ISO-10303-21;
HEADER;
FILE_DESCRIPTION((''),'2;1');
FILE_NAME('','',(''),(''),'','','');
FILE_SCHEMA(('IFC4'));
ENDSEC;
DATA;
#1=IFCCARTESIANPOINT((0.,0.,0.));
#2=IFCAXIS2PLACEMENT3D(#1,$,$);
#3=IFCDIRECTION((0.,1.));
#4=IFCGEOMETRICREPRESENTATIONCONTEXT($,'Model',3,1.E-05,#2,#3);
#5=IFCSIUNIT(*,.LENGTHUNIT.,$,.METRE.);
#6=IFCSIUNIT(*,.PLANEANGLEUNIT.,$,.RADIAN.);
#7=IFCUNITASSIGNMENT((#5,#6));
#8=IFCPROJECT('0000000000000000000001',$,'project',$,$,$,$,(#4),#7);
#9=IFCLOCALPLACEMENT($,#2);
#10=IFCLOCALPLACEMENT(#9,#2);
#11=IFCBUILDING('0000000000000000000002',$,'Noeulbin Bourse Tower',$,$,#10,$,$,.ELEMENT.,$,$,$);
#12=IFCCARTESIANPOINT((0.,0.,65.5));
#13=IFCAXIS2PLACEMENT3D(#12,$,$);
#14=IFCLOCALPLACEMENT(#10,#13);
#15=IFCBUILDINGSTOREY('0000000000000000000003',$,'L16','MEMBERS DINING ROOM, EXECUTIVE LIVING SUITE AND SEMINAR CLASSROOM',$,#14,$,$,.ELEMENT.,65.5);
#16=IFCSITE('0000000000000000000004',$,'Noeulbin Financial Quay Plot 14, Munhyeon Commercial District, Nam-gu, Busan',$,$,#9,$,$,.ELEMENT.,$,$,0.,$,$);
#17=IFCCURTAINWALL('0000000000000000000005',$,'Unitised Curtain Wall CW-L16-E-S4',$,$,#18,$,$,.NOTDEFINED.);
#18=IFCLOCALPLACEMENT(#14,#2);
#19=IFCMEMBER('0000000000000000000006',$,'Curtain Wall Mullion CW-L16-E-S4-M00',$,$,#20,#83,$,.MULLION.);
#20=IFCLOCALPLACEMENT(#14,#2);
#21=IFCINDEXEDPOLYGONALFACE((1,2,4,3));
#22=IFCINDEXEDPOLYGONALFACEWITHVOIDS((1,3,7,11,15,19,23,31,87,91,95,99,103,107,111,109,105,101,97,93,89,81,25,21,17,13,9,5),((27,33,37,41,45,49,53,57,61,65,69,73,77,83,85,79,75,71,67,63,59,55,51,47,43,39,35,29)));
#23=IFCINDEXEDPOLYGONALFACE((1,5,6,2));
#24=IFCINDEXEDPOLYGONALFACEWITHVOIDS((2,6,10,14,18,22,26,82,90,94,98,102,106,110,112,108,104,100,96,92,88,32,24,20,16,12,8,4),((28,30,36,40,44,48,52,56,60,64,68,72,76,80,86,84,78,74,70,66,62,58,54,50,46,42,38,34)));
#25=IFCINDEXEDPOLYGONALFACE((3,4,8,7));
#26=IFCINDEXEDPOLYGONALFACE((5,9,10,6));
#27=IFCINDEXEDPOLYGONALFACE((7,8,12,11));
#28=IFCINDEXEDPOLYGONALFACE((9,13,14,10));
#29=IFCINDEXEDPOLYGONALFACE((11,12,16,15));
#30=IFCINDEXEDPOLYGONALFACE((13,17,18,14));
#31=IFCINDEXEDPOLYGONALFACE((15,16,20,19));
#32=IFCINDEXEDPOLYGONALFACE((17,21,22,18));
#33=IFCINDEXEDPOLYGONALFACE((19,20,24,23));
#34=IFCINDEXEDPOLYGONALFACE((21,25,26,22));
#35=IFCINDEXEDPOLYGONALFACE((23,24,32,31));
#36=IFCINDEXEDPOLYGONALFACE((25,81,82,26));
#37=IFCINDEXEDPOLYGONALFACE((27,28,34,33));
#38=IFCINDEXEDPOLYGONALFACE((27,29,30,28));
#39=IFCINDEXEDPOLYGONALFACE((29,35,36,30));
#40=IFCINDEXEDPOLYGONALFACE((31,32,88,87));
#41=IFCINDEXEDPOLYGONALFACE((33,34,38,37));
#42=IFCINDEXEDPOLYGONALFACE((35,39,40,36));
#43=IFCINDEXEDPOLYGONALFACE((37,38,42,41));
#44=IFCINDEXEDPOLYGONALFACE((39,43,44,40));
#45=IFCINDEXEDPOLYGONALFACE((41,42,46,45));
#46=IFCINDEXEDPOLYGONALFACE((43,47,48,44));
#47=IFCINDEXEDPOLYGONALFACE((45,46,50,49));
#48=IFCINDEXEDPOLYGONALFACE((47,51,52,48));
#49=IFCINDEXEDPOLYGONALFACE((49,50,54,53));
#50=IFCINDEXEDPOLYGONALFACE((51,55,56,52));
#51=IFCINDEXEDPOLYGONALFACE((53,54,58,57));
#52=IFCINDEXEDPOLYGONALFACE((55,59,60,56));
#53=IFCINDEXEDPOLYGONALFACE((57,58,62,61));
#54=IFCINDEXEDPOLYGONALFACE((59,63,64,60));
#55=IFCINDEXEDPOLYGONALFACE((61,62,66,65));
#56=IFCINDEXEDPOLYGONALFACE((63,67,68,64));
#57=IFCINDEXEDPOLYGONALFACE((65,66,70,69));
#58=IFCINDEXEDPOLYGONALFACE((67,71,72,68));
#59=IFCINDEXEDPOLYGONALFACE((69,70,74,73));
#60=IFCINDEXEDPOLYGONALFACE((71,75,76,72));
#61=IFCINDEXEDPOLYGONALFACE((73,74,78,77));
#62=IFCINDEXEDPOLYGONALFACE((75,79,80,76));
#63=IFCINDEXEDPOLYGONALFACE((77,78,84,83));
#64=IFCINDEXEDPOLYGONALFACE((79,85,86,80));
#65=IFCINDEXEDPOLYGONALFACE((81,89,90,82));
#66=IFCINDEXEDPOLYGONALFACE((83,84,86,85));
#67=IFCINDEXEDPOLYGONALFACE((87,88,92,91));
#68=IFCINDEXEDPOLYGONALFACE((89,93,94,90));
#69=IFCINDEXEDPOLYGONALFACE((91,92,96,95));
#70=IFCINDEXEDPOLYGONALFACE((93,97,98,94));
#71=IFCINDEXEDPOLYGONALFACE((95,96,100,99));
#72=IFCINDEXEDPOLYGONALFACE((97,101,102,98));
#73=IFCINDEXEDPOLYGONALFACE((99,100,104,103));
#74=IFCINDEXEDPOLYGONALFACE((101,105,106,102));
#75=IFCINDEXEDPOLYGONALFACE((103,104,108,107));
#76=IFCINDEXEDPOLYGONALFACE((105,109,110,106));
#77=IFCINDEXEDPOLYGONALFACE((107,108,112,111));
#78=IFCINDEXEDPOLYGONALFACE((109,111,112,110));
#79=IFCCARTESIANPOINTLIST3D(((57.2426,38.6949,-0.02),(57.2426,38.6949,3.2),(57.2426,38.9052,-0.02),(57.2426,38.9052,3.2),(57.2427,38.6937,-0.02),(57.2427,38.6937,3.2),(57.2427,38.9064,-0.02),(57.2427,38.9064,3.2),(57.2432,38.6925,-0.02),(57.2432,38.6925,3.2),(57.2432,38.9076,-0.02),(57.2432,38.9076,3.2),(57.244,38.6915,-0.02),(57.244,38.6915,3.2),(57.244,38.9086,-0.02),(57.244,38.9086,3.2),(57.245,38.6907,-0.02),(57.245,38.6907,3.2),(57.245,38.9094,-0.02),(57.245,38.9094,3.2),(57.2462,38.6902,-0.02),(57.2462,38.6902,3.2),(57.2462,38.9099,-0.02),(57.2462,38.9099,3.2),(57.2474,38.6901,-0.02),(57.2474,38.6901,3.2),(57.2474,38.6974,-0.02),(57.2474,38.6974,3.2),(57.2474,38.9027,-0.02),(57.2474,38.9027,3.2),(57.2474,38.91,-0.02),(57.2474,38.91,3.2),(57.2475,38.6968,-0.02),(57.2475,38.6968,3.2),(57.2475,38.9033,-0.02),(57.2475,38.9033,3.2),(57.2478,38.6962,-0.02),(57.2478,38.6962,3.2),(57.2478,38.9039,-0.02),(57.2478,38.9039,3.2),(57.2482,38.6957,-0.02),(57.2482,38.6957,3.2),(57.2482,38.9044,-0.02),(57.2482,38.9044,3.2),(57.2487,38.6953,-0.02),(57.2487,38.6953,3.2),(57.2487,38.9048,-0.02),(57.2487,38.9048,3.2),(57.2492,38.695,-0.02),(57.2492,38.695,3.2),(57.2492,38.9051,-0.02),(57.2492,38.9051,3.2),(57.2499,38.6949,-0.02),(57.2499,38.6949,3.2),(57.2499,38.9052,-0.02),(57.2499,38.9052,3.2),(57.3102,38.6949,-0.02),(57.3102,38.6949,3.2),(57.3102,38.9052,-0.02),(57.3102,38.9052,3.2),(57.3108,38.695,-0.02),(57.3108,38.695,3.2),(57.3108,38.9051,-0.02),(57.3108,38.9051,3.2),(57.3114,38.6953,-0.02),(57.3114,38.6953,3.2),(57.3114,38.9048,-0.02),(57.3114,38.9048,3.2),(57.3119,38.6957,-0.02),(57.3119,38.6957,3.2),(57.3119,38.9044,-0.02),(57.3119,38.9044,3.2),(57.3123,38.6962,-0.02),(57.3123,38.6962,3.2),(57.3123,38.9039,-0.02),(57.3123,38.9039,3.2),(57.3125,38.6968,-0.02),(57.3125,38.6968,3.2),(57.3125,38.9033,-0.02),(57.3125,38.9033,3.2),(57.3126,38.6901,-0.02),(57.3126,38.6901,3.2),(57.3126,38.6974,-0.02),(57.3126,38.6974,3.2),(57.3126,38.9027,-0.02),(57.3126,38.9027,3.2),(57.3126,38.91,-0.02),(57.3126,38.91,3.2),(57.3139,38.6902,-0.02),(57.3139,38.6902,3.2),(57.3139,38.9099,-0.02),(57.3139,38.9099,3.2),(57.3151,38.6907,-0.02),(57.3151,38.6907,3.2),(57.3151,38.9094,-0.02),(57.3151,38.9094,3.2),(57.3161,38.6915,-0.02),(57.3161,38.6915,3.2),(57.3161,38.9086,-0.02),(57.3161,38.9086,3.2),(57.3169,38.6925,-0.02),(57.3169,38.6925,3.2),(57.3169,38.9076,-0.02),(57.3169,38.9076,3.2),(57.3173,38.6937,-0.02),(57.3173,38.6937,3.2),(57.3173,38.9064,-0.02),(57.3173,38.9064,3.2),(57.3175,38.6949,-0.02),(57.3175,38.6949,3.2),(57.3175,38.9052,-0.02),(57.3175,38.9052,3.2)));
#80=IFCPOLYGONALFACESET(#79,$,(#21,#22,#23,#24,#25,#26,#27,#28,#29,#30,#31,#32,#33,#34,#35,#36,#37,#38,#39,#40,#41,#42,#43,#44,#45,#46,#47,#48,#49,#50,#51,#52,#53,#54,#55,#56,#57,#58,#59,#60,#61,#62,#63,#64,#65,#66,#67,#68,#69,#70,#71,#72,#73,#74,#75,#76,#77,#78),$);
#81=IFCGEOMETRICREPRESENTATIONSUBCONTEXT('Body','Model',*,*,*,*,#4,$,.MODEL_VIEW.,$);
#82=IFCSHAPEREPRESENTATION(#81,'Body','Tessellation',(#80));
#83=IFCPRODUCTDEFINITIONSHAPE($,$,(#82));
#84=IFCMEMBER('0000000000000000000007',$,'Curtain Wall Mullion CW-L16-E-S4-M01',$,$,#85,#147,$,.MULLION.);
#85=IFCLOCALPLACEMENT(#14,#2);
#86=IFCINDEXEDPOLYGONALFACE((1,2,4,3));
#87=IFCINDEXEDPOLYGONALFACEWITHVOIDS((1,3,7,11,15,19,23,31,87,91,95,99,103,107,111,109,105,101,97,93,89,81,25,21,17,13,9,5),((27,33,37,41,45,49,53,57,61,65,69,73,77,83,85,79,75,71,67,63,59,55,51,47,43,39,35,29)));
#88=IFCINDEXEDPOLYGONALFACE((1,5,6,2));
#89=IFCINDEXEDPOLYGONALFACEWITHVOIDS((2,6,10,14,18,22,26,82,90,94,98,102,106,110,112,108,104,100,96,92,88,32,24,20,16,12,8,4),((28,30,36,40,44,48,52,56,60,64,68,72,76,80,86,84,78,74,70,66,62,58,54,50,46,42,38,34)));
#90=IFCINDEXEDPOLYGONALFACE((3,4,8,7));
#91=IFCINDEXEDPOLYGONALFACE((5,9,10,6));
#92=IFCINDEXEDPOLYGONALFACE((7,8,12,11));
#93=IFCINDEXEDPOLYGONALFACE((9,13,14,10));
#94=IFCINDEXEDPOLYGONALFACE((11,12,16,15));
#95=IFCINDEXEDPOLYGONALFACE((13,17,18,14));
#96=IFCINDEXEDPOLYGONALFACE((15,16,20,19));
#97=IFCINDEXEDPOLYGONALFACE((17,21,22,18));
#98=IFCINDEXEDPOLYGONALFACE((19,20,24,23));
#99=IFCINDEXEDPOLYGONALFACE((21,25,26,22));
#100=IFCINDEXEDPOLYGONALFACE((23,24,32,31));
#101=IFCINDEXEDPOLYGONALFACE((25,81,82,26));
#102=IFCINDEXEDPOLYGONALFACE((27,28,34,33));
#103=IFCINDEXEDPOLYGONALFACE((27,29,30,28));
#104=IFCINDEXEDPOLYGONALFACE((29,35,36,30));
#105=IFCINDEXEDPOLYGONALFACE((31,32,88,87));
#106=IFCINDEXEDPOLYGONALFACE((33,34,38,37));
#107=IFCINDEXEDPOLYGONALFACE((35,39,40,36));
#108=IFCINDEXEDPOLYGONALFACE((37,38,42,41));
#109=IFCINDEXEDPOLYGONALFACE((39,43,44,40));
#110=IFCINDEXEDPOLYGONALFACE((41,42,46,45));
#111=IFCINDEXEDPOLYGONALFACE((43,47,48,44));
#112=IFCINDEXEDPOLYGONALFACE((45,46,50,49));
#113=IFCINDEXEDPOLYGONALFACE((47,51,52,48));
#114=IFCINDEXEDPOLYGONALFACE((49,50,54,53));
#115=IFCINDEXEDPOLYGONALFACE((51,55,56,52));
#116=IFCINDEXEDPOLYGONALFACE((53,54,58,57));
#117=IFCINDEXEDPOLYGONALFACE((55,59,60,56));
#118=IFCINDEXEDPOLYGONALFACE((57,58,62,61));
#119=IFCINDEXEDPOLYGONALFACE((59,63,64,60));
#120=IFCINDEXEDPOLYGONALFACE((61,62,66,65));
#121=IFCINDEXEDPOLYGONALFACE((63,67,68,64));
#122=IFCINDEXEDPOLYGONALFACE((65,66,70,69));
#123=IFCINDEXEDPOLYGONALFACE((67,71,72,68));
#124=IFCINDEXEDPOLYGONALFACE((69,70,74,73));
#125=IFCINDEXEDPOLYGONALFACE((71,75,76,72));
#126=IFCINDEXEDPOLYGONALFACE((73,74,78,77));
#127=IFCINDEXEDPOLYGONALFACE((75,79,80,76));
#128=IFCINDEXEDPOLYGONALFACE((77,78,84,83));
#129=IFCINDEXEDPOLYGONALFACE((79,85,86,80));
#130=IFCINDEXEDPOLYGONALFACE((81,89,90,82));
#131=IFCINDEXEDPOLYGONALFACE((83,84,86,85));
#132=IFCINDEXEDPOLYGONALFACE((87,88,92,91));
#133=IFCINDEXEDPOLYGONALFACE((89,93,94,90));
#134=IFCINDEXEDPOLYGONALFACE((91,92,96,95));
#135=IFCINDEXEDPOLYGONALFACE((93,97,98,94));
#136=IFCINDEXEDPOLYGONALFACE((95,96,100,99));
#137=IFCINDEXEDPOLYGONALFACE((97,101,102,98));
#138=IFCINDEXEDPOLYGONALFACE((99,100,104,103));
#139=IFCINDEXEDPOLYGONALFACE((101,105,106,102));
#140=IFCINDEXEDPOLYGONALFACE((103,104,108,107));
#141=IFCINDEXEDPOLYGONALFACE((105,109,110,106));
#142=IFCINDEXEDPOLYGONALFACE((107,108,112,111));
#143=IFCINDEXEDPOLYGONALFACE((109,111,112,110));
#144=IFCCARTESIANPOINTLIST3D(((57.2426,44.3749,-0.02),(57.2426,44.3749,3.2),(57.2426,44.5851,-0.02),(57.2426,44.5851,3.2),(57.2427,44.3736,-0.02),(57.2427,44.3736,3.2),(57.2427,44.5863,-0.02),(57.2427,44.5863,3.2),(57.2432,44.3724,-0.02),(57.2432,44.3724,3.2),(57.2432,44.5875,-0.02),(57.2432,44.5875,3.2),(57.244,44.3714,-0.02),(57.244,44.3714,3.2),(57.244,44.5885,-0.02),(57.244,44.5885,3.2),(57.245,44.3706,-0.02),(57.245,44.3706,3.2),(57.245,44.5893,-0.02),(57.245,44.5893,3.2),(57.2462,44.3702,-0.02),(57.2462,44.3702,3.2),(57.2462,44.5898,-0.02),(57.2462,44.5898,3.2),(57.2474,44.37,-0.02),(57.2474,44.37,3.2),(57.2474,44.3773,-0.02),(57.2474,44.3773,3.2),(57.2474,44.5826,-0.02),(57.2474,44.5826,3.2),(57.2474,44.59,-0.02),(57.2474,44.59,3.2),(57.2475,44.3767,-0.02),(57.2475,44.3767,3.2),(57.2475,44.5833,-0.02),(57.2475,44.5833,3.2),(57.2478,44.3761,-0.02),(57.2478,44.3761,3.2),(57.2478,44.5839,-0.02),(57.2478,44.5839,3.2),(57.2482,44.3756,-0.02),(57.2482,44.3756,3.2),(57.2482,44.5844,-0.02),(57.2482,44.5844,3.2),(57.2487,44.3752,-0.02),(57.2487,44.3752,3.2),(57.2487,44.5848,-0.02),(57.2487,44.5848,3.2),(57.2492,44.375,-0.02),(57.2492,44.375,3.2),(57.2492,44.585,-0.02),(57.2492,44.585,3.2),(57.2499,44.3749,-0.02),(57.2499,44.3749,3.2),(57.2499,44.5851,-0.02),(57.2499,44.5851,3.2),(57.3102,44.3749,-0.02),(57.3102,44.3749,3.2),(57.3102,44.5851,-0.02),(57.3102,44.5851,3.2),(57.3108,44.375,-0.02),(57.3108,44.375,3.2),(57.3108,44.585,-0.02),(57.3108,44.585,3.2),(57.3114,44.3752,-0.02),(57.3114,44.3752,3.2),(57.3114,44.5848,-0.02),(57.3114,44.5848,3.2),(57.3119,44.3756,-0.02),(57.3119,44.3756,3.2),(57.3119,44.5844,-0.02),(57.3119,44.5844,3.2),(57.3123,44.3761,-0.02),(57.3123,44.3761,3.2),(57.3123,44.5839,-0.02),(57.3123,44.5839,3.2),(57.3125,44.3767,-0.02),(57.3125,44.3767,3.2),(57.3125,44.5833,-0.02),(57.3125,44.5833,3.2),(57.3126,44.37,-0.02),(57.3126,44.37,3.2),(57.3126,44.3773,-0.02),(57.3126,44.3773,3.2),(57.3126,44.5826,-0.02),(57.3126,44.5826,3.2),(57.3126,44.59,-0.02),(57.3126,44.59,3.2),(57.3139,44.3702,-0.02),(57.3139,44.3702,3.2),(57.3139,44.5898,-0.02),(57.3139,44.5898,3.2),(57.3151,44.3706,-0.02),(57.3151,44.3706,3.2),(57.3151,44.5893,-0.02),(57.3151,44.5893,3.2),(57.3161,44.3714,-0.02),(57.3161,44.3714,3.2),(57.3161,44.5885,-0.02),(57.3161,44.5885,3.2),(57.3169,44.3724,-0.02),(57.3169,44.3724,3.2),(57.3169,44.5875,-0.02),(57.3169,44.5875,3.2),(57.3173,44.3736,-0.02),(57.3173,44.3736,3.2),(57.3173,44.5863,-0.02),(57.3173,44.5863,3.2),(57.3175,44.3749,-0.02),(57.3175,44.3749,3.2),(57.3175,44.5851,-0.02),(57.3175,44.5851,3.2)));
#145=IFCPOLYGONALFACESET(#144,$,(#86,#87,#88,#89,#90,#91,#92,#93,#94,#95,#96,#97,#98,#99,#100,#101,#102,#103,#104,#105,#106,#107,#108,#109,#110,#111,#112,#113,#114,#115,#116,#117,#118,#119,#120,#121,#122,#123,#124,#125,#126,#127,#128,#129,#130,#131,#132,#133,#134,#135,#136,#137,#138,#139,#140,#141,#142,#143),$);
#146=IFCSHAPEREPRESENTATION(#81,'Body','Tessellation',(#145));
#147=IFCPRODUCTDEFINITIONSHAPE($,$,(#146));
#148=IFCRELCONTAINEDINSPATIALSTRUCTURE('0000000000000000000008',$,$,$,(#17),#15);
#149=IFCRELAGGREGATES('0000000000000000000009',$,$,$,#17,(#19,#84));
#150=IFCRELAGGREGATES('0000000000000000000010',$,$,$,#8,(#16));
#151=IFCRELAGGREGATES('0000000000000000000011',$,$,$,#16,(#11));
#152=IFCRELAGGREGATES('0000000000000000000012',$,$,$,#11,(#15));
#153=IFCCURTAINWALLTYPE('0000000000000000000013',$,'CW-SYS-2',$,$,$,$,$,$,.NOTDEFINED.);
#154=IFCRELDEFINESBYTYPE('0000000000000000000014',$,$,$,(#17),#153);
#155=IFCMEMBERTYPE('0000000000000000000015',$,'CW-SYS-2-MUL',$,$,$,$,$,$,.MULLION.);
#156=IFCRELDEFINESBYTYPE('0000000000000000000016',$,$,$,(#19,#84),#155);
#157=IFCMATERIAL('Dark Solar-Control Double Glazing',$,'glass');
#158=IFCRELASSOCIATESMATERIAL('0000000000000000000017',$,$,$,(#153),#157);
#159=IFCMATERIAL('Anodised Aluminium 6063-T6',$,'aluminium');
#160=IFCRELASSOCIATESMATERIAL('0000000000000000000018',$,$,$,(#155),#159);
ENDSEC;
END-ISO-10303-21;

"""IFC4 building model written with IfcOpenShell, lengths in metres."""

from ifc_helpers import new_model, si_unit, direction, frame, origin, origin_2d, place, context, subcontext, project, spatial, hollow_rectangle, extrude, material, material_profile, profile_set, type_object, element, aggregate, save


model = new_model("IFC4")

# Units and contexts
model_context = context("Model", 3, precision=1e-05, world=origin(), true_north=direction((0.0, 1.0)))
body_context = subcontext(model_context, "Body", "Model", "MODEL_VIEW")
ifc_project = project(units=[si_unit("LENGTHUNIT", "METRE"), si_unit("PLANEANGLEUNIT", "RADIAN")], contexts=[model_context])

# Site, building, storey
site_placement = place(None, origin())
site = spatial("IfcSite", under=ifc_project, at=site_placement, Name="Noeulbin Financial Quay Plot 14, Munhyeon Commercial District, Nam-gu, Busan", CompositionType="ELEMENT", RefElevation=0.0)
building_placement = place(site_placement, origin())
building = spatial("IfcBuilding", under=site, at=building_placement, Name="Noeulbin Bourse Tower", CompositionType="ELEMENT")
storey_placement = place(building_placement, frame((0.0, 0.0, 65.5)))
storey = spatial("IfcBuildingStorey", under=building, at=storey_placement, Name="L16", Description="MEMBERS DINING ROOM, EXECUTIVE LIVING SUITE AND SEMINAR CLASSROOM", CompositionType="ELEMENT", Elevation=65.5)

# Shared definitions
ifc_material_1 = material(Name="Dark Solar-Control Double Glazing", Category="glass")
curtain_wall_type = type_object("IfcCurtainWallType", Name="CW-SYS-2", PredefinedType="NOTDEFINED", material=ifc_material_1)
ifc_material_2 = material(Name="Anodised Aluminium 6063-T6", Category="aluminium")
ifc_material_profile_1 = material_profile(ifc_material_2, hollow_rectangle(XDim=0.075, YDim=0.22, WallThickness=0.0049, InnerFilletRadius=0.0024, OuterFilletRadius=0.0049, at=origin_2d()), Name="ALU-MULL-75x220x5", Category="LoadBearing")
ifc_profile_set_1 = profile_set([ifc_material_profile_1], Name="Anodised Aluminium 6063-T6")
member_type_1 = type_object("IfcMemberType", Name="CW-SYS-2-MUL", PredefinedType="MULLION", material=ifc_profile_set_1)

# Curtain wall, members
curtain_wall_1_placement = place(storey_placement, origin())
curtain_wall_1 = element("IfcCurtainWall", 1, at=curtain_wall_1_placement, inside=storey, type_object=curtain_wall_type, Name="Unitised Curtain Wall CW-L16-E-S4", PredefinedType="NOTDEFINED")
member_1_placement = place(storey_placement, frame((57.28, 38.8, -0.02), z_axis=(0.0, 0.0, 1.0), x_axis=(1.0, 0.0, 0.0)))
member_1 = element("IfcMember", 2, at=member_1_placement, type_object=member_type_1, Name="Curtain Wall Mullion CW-L16-E-S4-M00", PredefinedType="MULLION", context=body_context, shape_type="SweptSolid", body=[
    extrude(hollow_rectangle(XDim=0.075, YDim=0.22, WallThickness=0.0049, InnerFilletRadius=0.0024, OuterFilletRadius=0.0049, at=origin_2d()), origin(), (0.0, 0.0, 1.0), 3.22),
])
member_2_placement = place(storey_placement, frame((57.28, 44.48, -0.02), z_axis=(0.0, 0.0, 1.0), x_axis=(1.0, 0.0, 0.0)))
member_2 = element("IfcMember", 3, at=member_2_placement, type_object=member_type_1, Name="Curtain Wall Mullion CW-L16-E-S4-M01", PredefinedType="MULLION", context=body_context, shape_type="SweptSolid", body=[
    extrude(hollow_rectangle(XDim=0.075, YDim=0.22, WallThickness=0.0049, InnerFilletRadius=0.0024, OuterFilletRadius=0.0049, at=origin_2d()), origin(), (0.0, 0.0, 1.0), 3.22),
])

aggregate(curtain_wall_1, [member_1, member_2])

save(model, "model.ifc")
